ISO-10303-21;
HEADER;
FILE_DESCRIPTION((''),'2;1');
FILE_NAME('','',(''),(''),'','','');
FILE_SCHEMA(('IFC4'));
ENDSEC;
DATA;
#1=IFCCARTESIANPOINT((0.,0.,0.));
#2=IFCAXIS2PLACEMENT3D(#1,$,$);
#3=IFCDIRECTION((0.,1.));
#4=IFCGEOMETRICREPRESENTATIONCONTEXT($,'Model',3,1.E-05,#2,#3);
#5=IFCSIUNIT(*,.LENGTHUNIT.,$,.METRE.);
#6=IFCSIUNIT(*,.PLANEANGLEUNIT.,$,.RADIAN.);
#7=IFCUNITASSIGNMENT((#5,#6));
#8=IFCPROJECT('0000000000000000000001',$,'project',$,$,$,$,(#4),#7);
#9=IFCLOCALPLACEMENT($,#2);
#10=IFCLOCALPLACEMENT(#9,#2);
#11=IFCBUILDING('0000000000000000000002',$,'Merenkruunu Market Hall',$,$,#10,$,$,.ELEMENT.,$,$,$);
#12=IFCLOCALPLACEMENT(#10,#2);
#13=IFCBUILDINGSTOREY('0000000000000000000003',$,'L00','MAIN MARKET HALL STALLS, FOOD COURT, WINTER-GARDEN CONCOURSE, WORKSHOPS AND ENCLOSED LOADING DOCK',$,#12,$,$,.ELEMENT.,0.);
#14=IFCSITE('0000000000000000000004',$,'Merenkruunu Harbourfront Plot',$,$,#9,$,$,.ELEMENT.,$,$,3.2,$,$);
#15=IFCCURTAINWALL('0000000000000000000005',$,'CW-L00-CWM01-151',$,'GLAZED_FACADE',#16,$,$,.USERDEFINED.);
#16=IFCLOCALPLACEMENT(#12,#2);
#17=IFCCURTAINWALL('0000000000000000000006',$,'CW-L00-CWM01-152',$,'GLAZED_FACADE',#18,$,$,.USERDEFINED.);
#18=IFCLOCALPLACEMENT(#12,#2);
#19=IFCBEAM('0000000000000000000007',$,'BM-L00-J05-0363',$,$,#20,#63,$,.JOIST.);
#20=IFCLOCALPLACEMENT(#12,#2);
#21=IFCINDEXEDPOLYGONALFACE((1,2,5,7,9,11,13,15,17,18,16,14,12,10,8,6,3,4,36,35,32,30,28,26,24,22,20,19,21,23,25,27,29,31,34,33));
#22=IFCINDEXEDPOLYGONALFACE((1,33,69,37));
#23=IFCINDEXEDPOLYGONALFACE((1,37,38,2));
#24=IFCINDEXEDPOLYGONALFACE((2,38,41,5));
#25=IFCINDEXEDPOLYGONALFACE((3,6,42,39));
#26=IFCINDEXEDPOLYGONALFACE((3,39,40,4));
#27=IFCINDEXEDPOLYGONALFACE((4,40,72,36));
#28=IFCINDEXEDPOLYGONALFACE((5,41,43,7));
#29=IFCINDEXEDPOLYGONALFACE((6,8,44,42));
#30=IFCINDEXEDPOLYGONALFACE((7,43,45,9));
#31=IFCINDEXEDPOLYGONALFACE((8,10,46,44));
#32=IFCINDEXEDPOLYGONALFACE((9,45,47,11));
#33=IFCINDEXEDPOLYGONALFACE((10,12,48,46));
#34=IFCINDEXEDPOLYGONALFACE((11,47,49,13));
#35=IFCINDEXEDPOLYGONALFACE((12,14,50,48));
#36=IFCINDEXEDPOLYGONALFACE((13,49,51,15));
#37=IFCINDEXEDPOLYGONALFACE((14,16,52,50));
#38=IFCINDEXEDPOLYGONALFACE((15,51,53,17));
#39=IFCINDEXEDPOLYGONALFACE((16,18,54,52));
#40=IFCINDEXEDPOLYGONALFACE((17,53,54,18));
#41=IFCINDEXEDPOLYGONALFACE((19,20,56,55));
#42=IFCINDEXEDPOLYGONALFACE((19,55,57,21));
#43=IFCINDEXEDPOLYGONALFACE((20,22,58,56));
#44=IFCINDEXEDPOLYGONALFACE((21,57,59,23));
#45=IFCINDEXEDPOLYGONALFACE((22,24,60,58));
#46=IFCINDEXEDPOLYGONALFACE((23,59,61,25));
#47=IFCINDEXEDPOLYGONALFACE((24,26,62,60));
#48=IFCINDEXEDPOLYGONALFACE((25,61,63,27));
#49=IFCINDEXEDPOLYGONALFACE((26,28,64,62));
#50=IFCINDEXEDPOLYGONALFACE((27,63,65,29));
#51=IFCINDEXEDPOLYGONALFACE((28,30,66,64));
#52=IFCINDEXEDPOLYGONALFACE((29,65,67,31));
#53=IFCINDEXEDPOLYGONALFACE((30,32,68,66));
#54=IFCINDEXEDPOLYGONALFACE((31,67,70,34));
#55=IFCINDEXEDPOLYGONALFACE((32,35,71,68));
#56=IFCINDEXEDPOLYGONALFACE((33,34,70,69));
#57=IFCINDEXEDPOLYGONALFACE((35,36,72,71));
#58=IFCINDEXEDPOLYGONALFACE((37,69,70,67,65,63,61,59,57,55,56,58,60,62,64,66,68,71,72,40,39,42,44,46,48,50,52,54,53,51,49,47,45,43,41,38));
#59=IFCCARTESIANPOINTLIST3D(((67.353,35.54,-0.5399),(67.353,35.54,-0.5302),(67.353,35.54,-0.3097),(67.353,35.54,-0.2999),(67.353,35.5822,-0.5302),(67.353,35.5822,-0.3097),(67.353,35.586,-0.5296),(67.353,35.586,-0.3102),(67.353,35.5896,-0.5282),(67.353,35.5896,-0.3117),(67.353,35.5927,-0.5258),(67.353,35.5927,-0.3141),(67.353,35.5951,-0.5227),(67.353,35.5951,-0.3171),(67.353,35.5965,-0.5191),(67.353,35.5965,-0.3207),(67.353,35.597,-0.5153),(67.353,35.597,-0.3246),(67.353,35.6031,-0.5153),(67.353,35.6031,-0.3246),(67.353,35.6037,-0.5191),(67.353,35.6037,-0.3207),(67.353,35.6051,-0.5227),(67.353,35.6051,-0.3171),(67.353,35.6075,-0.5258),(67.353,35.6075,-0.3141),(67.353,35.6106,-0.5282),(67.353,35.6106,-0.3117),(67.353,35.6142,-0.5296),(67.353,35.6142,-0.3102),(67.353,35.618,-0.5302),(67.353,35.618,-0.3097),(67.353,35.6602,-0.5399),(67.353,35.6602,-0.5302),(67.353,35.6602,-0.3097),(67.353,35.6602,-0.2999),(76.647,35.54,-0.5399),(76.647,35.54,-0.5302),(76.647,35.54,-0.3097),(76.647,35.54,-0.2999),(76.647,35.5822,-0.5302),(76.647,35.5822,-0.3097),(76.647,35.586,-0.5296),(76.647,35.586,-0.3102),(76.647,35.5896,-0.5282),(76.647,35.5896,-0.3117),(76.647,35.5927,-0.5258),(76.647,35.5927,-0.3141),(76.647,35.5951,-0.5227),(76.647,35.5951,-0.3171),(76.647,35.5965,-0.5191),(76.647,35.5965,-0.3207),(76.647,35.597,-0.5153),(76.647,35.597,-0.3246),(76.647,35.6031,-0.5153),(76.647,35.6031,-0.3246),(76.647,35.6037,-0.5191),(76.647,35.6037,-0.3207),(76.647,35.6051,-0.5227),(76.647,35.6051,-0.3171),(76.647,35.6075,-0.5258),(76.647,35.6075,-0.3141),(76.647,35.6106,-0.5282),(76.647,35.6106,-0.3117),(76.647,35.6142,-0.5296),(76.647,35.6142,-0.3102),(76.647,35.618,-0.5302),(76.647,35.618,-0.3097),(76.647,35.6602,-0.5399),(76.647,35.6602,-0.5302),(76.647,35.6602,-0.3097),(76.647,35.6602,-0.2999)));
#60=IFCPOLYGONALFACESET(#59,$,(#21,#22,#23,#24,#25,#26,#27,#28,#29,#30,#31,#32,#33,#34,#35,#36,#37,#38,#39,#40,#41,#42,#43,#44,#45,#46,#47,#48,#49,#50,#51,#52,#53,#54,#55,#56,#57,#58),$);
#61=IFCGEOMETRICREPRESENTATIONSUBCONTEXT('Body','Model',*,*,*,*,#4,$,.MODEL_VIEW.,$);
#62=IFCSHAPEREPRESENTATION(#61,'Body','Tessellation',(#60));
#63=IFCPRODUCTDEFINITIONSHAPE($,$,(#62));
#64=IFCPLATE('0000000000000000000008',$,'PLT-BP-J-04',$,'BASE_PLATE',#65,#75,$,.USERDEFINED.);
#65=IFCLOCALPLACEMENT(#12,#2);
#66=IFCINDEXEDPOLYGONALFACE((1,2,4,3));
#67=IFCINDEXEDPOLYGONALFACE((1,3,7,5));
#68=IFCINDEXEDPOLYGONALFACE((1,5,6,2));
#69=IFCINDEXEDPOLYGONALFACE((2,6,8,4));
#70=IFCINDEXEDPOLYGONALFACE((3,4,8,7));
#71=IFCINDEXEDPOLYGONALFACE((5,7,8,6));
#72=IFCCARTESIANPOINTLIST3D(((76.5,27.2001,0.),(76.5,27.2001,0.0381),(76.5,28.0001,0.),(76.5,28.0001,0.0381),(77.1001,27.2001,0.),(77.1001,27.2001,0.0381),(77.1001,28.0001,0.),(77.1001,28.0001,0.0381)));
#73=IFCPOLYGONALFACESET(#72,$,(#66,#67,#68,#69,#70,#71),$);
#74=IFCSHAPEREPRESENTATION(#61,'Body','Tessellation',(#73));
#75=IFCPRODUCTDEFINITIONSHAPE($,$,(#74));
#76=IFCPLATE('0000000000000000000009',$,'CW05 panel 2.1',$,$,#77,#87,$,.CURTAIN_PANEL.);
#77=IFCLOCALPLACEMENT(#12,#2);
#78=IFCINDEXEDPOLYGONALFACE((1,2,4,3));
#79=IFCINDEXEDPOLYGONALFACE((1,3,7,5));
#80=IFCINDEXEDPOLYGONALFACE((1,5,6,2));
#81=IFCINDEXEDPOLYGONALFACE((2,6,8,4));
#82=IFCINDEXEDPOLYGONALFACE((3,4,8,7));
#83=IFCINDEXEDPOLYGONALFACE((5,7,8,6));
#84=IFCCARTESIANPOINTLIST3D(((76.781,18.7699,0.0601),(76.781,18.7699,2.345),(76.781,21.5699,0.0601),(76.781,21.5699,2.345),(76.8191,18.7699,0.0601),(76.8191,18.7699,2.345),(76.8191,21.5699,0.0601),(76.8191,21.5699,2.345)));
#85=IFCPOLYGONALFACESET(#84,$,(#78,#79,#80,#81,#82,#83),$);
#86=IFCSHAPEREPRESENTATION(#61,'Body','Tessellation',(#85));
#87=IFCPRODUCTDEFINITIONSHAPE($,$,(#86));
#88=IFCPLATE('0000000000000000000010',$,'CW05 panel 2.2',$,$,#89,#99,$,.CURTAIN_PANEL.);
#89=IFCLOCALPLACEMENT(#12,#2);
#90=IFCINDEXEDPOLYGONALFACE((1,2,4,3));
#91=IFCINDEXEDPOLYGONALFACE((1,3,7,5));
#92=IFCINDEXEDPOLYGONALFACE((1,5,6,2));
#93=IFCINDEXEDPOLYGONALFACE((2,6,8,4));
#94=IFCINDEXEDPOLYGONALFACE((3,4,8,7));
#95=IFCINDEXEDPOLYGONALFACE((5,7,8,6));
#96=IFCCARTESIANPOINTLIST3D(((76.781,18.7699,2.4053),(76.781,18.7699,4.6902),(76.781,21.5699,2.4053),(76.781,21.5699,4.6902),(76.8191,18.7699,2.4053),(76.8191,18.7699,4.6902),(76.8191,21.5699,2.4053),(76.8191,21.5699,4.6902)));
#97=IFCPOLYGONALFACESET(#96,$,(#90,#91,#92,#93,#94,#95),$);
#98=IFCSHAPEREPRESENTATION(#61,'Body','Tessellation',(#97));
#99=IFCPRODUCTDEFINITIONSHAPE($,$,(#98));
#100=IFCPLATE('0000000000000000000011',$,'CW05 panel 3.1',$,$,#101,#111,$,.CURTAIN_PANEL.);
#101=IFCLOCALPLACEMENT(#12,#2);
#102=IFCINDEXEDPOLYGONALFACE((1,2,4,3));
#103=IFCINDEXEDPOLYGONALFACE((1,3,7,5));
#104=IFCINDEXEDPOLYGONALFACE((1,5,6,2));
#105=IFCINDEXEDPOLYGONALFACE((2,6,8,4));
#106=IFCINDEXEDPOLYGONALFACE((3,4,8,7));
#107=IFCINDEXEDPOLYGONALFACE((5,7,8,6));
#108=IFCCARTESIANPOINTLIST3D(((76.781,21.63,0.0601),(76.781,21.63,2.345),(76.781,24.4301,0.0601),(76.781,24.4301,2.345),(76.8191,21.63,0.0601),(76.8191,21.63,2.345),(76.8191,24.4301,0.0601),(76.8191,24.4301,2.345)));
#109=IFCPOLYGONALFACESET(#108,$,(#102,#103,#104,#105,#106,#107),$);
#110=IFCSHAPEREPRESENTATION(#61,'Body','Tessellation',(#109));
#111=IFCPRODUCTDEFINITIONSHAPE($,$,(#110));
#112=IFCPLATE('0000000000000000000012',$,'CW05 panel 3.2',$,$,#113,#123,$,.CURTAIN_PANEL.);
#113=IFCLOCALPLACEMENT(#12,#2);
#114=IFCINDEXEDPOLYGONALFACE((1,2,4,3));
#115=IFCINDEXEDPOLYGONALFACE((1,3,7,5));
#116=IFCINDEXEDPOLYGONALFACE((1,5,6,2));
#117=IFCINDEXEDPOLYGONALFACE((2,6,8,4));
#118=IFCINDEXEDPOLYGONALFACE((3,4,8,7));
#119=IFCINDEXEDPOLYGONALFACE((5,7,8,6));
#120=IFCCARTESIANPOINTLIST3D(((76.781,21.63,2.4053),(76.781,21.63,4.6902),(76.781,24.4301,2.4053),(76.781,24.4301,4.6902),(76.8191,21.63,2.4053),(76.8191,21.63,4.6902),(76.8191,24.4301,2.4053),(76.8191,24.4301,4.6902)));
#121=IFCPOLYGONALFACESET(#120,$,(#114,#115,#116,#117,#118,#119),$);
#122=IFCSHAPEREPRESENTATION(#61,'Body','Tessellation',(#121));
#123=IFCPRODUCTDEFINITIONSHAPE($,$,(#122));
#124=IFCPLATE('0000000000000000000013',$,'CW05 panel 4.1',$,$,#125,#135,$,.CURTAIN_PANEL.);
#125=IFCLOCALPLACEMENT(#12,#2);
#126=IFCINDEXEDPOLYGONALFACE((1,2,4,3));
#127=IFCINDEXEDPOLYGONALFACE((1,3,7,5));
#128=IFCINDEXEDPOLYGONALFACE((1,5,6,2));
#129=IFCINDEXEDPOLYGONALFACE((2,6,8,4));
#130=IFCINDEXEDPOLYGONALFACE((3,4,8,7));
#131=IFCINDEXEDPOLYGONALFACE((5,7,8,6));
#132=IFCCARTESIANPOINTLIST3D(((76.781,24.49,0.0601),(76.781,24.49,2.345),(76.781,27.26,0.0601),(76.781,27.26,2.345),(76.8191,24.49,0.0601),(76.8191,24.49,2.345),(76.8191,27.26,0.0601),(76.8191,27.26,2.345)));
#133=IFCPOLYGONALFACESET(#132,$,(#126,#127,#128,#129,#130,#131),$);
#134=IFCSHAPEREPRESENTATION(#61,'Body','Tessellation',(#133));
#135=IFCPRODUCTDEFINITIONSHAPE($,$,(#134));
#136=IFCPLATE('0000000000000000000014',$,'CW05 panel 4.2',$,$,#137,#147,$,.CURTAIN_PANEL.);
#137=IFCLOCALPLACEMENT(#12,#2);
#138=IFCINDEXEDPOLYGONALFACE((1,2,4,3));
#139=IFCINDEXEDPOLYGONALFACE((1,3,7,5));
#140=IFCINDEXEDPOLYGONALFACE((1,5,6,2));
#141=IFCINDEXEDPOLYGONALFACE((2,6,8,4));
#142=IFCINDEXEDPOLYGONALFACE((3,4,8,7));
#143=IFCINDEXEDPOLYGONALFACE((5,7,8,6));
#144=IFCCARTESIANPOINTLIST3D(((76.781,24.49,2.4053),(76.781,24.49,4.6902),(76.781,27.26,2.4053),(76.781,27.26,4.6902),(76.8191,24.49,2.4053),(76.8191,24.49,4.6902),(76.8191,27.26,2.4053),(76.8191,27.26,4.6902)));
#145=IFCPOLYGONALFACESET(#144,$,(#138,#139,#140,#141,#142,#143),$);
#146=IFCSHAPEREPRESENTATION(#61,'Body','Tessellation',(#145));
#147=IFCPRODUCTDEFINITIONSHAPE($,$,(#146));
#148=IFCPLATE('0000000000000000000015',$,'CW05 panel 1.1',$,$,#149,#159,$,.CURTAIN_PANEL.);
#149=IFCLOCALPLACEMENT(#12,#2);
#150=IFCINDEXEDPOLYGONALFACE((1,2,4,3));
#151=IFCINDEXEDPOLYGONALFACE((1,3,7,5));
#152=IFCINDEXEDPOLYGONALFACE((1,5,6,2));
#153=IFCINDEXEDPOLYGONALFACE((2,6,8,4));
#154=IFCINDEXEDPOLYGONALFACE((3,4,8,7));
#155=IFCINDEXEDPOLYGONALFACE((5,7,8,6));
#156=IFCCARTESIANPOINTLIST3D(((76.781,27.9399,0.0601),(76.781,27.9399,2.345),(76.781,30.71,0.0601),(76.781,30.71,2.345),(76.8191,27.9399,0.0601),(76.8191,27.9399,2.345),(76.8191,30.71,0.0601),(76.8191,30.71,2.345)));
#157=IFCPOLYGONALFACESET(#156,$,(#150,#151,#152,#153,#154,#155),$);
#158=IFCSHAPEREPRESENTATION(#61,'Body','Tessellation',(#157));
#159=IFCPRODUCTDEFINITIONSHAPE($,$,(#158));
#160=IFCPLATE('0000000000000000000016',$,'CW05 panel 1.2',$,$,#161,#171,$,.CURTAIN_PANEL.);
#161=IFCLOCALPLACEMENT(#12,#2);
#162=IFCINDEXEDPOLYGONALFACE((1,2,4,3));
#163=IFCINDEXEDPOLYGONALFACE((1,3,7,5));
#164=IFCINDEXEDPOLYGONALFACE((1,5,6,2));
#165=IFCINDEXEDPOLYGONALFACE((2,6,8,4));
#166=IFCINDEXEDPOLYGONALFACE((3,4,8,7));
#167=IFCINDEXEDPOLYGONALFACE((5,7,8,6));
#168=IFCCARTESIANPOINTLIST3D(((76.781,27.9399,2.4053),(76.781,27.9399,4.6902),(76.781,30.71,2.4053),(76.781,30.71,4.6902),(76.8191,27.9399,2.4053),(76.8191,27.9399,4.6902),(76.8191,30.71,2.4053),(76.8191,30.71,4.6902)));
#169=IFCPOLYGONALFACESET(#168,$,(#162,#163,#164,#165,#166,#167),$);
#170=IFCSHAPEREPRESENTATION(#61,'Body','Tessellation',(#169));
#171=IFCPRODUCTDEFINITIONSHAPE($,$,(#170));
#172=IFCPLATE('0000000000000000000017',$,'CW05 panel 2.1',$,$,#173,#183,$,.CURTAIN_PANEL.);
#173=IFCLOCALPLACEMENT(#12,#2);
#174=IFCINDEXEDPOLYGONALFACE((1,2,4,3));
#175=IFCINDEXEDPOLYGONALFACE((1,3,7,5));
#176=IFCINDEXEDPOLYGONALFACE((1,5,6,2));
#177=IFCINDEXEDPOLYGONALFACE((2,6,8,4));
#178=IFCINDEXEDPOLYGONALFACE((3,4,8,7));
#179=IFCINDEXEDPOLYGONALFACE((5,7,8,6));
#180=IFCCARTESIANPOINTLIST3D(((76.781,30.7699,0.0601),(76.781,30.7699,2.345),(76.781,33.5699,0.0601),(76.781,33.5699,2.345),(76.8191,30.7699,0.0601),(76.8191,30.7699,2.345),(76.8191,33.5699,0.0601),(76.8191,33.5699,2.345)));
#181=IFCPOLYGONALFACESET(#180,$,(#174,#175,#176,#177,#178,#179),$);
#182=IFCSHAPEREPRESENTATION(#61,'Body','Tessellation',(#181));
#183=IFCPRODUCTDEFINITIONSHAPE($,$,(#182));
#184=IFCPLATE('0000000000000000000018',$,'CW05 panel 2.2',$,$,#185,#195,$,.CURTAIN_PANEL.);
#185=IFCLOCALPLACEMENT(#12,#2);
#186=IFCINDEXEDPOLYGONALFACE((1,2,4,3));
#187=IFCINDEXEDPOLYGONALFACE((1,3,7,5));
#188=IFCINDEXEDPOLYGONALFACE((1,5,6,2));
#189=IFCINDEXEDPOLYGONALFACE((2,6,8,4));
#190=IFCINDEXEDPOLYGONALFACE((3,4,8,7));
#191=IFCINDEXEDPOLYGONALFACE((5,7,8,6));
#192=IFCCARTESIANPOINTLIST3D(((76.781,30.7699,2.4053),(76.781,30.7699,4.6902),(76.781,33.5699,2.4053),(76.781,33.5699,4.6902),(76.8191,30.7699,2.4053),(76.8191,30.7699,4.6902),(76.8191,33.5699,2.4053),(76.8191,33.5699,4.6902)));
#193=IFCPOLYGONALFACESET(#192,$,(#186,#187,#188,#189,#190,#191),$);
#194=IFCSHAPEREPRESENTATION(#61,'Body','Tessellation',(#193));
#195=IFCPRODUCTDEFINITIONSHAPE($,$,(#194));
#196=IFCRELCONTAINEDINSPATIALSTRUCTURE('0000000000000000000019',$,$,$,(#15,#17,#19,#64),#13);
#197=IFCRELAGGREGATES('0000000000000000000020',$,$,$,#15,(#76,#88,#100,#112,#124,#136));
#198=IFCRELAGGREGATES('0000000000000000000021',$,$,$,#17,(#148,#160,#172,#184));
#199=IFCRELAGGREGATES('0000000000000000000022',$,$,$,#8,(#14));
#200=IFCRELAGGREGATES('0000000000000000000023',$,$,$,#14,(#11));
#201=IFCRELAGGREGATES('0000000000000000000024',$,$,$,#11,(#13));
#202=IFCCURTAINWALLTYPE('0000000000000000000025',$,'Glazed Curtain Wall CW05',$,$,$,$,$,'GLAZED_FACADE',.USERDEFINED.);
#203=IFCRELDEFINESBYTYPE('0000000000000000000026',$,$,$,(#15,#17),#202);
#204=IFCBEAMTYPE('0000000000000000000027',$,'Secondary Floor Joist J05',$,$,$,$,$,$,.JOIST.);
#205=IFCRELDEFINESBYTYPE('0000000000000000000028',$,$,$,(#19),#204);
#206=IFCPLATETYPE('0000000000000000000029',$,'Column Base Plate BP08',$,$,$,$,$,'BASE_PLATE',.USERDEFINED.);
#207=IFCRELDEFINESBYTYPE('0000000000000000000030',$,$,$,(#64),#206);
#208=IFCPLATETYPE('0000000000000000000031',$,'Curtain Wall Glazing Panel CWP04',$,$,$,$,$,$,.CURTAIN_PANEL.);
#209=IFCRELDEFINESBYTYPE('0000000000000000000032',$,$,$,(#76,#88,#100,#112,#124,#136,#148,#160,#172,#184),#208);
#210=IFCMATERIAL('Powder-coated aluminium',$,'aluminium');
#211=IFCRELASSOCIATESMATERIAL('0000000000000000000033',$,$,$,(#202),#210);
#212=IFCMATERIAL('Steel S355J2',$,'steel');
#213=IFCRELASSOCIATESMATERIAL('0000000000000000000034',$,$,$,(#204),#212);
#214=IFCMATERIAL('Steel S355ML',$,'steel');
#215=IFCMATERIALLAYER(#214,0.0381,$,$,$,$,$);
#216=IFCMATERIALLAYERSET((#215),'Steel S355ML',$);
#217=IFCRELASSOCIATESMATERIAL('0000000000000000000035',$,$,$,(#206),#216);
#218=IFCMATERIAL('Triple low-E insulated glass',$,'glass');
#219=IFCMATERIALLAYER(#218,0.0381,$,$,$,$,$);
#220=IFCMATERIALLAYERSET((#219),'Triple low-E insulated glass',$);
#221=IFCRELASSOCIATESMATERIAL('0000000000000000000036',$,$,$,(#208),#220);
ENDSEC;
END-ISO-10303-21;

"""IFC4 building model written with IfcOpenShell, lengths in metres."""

from ifc_helpers import new_model, si_unit, direction, frame, origin, origin_2d, place, context, subcontext, project, spatial, rectangle, i_section, extrude, material, layer, layer_set, material_profile, profile_set, type_object, element, aggregate, save


model = new_model("IFC4")

# Units and contexts
model_context = context("Model", 3, precision=1e-05, world=origin(), true_north=direction((0.0, 1.0)))
body_context = subcontext(model_context, "Body", "Model", "MODEL_VIEW")
ifc_project = project(units=[si_unit("LENGTHUNIT", "METRE"), si_unit("PLANEANGLEUNIT", "RADIAN")], contexts=[model_context])

# Site, building, storey
site_placement = place(None, origin())
site = spatial("IfcSite", under=ifc_project, at=site_placement, Name="Merenkruunu Harbourfront Plot", CompositionType="ELEMENT", RefElevation=3.2)
building_placement = place(site_placement, origin())
building = spatial("IfcBuilding", under=site, at=building_placement, Name="Merenkruunu Market Hall", CompositionType="ELEMENT")
storey_placement = place(building_placement, origin())
storey = spatial("IfcBuildingStorey", under=building, at=storey_placement, Name="L00", Description="MAIN MARKET HALL STALLS, FOOD COURT, WINTER-GARDEN CONCOURSE, WORKSHOPS AND ENCLOSED LOADING DOCK", CompositionType="ELEMENT", Elevation=0.0)

# Shared definitions
ifc_material_1 = material(Name="Steel S355ML", Category="steel")

# Curtain walls
ifc_material_2 = material(Name="Powder-coated aluminium", Category="aluminium")
curtain_wall_type = type_object("IfcCurtainWallType", Name="Glazed Curtain Wall CW05", ElementType="GLAZED_FACADE", PredefinedType="USERDEFINED", material=ifc_material_2)
curtain_wall_1_placement = place(storey_placement, origin())
curtain_wall_1 = element("IfcCurtainWall", 1, at=curtain_wall_1_placement, inside=storey, type_object=curtain_wall_type, Name="CW-L00-CWM01-151", ObjectType="GLAZED_FACADE", PredefinedType="USERDEFINED")
curtain_wall_2_placement = place(storey_placement, origin())
curtain_wall_2 = element("IfcCurtainWall", 2, at=curtain_wall_2_placement, inside=storey, type_object=curtain_wall_type, Name="CW-L00-CWM01-152", ObjectType="GLAZED_FACADE", PredefinedType="USERDEFINED")

# Beam
ifc_material_3 = material(Name="Steel S355J2", Category="steel")
ifc_material_profile_1 = material_profile(ifc_material_3, i_section(OverallWidth=0.1201, OverallDepth=0.24, WebThickness=0.0061, FlangeThickness=0.0098, FilletRadius=0.0149, at=origin_2d()), Name="IPE 240")
ifc_profile_set_1 = profile_set([ifc_material_profile_1], Name="Steel S355J2")
beam_type_1 = type_object("IfcBeamType", Name="Secondary Floor Joist J05", PredefinedType="JOIST", material=ifc_profile_set_1)
for number, where, z_axis, x_axis, name in (
    (3, (67.353, 35.6001, -0.4199), (1.0, 0.0, 0.0), (0.0, 1.0, 0.0), "BM-L00-J05-0363"),
):
    element("IfcBeam", number, at=place(storey_placement, frame(where, z_axis=z_axis, x_axis=x_axis)), inside=storey, type_object=beam_type_1, Name=name, PredefinedType="JOIST", context=body_context, shape_type="SweptSolid", body=[
        extrude(i_section(OverallWidth=0.1201, OverallDepth=0.24, WebThickness=0.0061, FlangeThickness=0.0098, FilletRadius=0.0149, at=origin_2d()), origin(), (0.0, 0.0, 1.0), 9.2939),
    ])

# Plates
ifc_layer_1 = layer(ifc_material_1, 0.0381)
ifc_layer_set_1 = layer_set([ifc_layer_1], Name="Steel S355ML")
plate_type_1 = type_object("IfcPlateType", Name="Column Base Plate BP08", ElementType="BASE_PLATE", PredefinedType="USERDEFINED", material=ifc_layer_set_1)
plate_1_placement = place(storey_placement, frame((76.8, 27.6001, 0.0), z_axis=(0.0, 0.0, 1.0), x_axis=(1.0, 0.0, 0.0)))
element("IfcPlate", 4, at=plate_1_placement, inside=storey, type_object=plate_type_1, Name="PLT-BP-J-04", ObjectType="BASE_PLATE", PredefinedType="USERDEFINED", context=body_context, shape_type="SweptSolid", body=[
    extrude(rectangle(XDim=0.6001, YDim=0.8, at=origin_2d()), origin(), (0.0, 0.0, 1.0), 0.0381),
])
ifc_material_4 = material(Name="Triple low-E insulated glass", Category="glass")
ifc_layer_2 = layer(ifc_material_4, 0.0381)
ifc_layer_set_2 = layer_set([ifc_layer_2], Name="Triple low-E insulated glass")
plate_type_2 = type_object("IfcPlateType", Name="Curtain Wall Glazing Panel CWP04", PredefinedType="CURTAIN_PANEL", material=ifc_layer_set_2)
plate_2_placement = place(storey_placement, frame((76.8, 20.1699, 0.0601), z_axis=(0.0, 0.0, 1.0), x_axis=(0.0, 1.0, 0.0)))
plate_2 = element("IfcPlate", 5, at=plate_2_placement, type_object=plate_type_2, Name="CW05 panel 2.1", PredefinedType="CURTAIN_PANEL", context=body_context, shape_type="SweptSolid", body=[
    extrude(rectangle(XDim=2.8, YDim=0.0381, at=origin_2d()), origin(), (0.0, 0.0, 1.0), 2.2849),
])
plate_3_placement = place(storey_placement, frame((76.8, 20.1699, 2.4053), z_axis=(0.0, 0.0, 1.0), x_axis=(0.0, 1.0, 0.0)))
plate_3 = element("IfcPlate", 6, at=plate_3_placement, type_object=plate_type_2, Name="CW05 panel 2.2", PredefinedType="CURTAIN_PANEL", context=body_context, shape_type="SweptSolid", body=[
    extrude(rectangle(XDim=2.8, YDim=0.0381, at=origin_2d()), origin(), (0.0, 0.0, 1.0), 2.2849),
])
plate_4_placement = place(storey_placement, frame((76.8, 23.03, 0.0601), z_axis=(0.0, 0.0, 1.0), x_axis=(0.0, 1.0, 0.0)))
plate_4 = element("IfcPlate", 7, at=plate_4_placement, type_object=plate_type_2, Name="CW05 panel 3.1", PredefinedType="CURTAIN_PANEL", context=body_context, shape_type="SweptSolid", body=[
    extrude(rectangle(XDim=2.8, YDim=0.0381, at=origin_2d()), origin(), (0.0, 0.0, 1.0), 2.2849),
])
plate_5_placement = place(storey_placement, frame((76.8, 23.03, 2.4053), z_axis=(0.0, 0.0, 1.0), x_axis=(0.0, 1.0, 0.0)))
plate_5 = element("IfcPlate", 8, at=plate_5_placement, type_object=plate_type_2, Name="CW05 panel 3.2", PredefinedType="CURTAIN_PANEL", context=body_context, shape_type="SweptSolid", body=[
    extrude(rectangle(XDim=2.8, YDim=0.0381, at=origin_2d()), origin(), (0.0, 0.0, 1.0), 2.2849),
])
plate_6_placement = place(storey_placement, frame((76.8, 25.875, 0.0601), z_axis=(0.0, 0.0, 1.0), x_axis=(0.0, 1.0, 0.0)))
plate_6 = element("IfcPlate", 9, at=plate_6_placement, type_object=plate_type_2, Name="CW05 panel 4.1", PredefinedType="CURTAIN_PANEL", context=body_context, shape_type="SweptSolid", body=[
    extrude(rectangle(XDim=2.77, YDim=0.0381, at=origin_2d()), origin(), (0.0, 0.0, 1.0), 2.2849),
])
plate_7_placement = place(storey_placement, frame((76.8, 25.875, 2.4053), z_axis=(0.0, 0.0, 1.0), x_axis=(0.0, 1.0, 0.0)))
plate_7 = element("IfcPlate", 10, at=plate_7_placement, type_object=plate_type_2, Name="CW05 panel 4.2", PredefinedType="CURTAIN_PANEL", context=body_context, shape_type="SweptSolid", body=[
    extrude(rectangle(XDim=2.77, YDim=0.0381, at=origin_2d()), origin(), (0.0, 0.0, 1.0), 2.2849),
])
aggregate(curtain_wall_1, [plate_2, plate_3, plate_4, plate_5, plate_6, plate_7])
plate_8_placement = place(storey_placement, frame((76.8, 29.325, 0.0601), z_axis=(0.0, 0.0, 1.0), x_axis=(0.0, 1.0, 0.0)))
plate_8 = element("IfcPlate", 11, at=plate_8_placement, type_object=plate_type_2, Name="CW05 panel 1.1", PredefinedType="CURTAIN_PANEL", context=body_context, shape_type="SweptSolid", body=[
    extrude(rectangle(XDim=2.77, YDim=0.0381, at=origin_2d()), origin(), (0.0, 0.0, 1.0), 2.2849),
])
plate_9_placement = place(storey_placement, frame((76.8, 29.325, 2.4053), z_axis=(0.0, 0.0, 1.0), x_axis=(0.0, 1.0, 0.0)))
plate_9 = element("IfcPlate", 12, at=plate_9_placement, type_object=plate_type_2, Name="CW05 panel 1.2", PredefinedType="CURTAIN_PANEL", context=body_context, shape_type="SweptSolid", body=[
    extrude(rectangle(XDim=2.77, YDim=0.0381, at=origin_2d()), origin(), (0.0, 0.0, 1.0), 2.2849),
])
plate_10_placement = place(storey_placement, frame((76.8, 32.1699, 0.0601), z_axis=(0.0, 0.0, 1.0), x_axis=(0.0, 1.0, 0.0)))
plate_10 = element("IfcPlate", 13, at=plate_10_placement, type_object=plate_type_2, Name="CW05 panel 2.1", PredefinedType="CURTAIN_PANEL", context=body_context, shape_type="SweptSolid", body=[
    extrude(rectangle(XDim=2.8, YDim=0.0381, at=origin_2d()), origin(), (0.0, 0.0, 1.0), 2.2849),
])
plate_11_placement = place(storey_placement, frame((76.8, 32.1699, 2.4053), z_axis=(0.0, 0.0, 1.0), x_axis=(0.0, 1.0, 0.0)))
plate_11 = element("IfcPlate", 14, at=plate_11_placement, type_object=plate_type_2, Name="CW05 panel 2.2", PredefinedType="CURTAIN_PANEL", context=body_context, shape_type="SweptSolid", body=[
    extrude(rectangle(XDim=2.8, YDim=0.0381, at=origin_2d()), origin(), (0.0, 0.0, 1.0), 2.2849),
])
aggregate(curtain_wall_2, [plate_8, plate_9, plate_10, plate_11])

save(model, "model.ifc")
